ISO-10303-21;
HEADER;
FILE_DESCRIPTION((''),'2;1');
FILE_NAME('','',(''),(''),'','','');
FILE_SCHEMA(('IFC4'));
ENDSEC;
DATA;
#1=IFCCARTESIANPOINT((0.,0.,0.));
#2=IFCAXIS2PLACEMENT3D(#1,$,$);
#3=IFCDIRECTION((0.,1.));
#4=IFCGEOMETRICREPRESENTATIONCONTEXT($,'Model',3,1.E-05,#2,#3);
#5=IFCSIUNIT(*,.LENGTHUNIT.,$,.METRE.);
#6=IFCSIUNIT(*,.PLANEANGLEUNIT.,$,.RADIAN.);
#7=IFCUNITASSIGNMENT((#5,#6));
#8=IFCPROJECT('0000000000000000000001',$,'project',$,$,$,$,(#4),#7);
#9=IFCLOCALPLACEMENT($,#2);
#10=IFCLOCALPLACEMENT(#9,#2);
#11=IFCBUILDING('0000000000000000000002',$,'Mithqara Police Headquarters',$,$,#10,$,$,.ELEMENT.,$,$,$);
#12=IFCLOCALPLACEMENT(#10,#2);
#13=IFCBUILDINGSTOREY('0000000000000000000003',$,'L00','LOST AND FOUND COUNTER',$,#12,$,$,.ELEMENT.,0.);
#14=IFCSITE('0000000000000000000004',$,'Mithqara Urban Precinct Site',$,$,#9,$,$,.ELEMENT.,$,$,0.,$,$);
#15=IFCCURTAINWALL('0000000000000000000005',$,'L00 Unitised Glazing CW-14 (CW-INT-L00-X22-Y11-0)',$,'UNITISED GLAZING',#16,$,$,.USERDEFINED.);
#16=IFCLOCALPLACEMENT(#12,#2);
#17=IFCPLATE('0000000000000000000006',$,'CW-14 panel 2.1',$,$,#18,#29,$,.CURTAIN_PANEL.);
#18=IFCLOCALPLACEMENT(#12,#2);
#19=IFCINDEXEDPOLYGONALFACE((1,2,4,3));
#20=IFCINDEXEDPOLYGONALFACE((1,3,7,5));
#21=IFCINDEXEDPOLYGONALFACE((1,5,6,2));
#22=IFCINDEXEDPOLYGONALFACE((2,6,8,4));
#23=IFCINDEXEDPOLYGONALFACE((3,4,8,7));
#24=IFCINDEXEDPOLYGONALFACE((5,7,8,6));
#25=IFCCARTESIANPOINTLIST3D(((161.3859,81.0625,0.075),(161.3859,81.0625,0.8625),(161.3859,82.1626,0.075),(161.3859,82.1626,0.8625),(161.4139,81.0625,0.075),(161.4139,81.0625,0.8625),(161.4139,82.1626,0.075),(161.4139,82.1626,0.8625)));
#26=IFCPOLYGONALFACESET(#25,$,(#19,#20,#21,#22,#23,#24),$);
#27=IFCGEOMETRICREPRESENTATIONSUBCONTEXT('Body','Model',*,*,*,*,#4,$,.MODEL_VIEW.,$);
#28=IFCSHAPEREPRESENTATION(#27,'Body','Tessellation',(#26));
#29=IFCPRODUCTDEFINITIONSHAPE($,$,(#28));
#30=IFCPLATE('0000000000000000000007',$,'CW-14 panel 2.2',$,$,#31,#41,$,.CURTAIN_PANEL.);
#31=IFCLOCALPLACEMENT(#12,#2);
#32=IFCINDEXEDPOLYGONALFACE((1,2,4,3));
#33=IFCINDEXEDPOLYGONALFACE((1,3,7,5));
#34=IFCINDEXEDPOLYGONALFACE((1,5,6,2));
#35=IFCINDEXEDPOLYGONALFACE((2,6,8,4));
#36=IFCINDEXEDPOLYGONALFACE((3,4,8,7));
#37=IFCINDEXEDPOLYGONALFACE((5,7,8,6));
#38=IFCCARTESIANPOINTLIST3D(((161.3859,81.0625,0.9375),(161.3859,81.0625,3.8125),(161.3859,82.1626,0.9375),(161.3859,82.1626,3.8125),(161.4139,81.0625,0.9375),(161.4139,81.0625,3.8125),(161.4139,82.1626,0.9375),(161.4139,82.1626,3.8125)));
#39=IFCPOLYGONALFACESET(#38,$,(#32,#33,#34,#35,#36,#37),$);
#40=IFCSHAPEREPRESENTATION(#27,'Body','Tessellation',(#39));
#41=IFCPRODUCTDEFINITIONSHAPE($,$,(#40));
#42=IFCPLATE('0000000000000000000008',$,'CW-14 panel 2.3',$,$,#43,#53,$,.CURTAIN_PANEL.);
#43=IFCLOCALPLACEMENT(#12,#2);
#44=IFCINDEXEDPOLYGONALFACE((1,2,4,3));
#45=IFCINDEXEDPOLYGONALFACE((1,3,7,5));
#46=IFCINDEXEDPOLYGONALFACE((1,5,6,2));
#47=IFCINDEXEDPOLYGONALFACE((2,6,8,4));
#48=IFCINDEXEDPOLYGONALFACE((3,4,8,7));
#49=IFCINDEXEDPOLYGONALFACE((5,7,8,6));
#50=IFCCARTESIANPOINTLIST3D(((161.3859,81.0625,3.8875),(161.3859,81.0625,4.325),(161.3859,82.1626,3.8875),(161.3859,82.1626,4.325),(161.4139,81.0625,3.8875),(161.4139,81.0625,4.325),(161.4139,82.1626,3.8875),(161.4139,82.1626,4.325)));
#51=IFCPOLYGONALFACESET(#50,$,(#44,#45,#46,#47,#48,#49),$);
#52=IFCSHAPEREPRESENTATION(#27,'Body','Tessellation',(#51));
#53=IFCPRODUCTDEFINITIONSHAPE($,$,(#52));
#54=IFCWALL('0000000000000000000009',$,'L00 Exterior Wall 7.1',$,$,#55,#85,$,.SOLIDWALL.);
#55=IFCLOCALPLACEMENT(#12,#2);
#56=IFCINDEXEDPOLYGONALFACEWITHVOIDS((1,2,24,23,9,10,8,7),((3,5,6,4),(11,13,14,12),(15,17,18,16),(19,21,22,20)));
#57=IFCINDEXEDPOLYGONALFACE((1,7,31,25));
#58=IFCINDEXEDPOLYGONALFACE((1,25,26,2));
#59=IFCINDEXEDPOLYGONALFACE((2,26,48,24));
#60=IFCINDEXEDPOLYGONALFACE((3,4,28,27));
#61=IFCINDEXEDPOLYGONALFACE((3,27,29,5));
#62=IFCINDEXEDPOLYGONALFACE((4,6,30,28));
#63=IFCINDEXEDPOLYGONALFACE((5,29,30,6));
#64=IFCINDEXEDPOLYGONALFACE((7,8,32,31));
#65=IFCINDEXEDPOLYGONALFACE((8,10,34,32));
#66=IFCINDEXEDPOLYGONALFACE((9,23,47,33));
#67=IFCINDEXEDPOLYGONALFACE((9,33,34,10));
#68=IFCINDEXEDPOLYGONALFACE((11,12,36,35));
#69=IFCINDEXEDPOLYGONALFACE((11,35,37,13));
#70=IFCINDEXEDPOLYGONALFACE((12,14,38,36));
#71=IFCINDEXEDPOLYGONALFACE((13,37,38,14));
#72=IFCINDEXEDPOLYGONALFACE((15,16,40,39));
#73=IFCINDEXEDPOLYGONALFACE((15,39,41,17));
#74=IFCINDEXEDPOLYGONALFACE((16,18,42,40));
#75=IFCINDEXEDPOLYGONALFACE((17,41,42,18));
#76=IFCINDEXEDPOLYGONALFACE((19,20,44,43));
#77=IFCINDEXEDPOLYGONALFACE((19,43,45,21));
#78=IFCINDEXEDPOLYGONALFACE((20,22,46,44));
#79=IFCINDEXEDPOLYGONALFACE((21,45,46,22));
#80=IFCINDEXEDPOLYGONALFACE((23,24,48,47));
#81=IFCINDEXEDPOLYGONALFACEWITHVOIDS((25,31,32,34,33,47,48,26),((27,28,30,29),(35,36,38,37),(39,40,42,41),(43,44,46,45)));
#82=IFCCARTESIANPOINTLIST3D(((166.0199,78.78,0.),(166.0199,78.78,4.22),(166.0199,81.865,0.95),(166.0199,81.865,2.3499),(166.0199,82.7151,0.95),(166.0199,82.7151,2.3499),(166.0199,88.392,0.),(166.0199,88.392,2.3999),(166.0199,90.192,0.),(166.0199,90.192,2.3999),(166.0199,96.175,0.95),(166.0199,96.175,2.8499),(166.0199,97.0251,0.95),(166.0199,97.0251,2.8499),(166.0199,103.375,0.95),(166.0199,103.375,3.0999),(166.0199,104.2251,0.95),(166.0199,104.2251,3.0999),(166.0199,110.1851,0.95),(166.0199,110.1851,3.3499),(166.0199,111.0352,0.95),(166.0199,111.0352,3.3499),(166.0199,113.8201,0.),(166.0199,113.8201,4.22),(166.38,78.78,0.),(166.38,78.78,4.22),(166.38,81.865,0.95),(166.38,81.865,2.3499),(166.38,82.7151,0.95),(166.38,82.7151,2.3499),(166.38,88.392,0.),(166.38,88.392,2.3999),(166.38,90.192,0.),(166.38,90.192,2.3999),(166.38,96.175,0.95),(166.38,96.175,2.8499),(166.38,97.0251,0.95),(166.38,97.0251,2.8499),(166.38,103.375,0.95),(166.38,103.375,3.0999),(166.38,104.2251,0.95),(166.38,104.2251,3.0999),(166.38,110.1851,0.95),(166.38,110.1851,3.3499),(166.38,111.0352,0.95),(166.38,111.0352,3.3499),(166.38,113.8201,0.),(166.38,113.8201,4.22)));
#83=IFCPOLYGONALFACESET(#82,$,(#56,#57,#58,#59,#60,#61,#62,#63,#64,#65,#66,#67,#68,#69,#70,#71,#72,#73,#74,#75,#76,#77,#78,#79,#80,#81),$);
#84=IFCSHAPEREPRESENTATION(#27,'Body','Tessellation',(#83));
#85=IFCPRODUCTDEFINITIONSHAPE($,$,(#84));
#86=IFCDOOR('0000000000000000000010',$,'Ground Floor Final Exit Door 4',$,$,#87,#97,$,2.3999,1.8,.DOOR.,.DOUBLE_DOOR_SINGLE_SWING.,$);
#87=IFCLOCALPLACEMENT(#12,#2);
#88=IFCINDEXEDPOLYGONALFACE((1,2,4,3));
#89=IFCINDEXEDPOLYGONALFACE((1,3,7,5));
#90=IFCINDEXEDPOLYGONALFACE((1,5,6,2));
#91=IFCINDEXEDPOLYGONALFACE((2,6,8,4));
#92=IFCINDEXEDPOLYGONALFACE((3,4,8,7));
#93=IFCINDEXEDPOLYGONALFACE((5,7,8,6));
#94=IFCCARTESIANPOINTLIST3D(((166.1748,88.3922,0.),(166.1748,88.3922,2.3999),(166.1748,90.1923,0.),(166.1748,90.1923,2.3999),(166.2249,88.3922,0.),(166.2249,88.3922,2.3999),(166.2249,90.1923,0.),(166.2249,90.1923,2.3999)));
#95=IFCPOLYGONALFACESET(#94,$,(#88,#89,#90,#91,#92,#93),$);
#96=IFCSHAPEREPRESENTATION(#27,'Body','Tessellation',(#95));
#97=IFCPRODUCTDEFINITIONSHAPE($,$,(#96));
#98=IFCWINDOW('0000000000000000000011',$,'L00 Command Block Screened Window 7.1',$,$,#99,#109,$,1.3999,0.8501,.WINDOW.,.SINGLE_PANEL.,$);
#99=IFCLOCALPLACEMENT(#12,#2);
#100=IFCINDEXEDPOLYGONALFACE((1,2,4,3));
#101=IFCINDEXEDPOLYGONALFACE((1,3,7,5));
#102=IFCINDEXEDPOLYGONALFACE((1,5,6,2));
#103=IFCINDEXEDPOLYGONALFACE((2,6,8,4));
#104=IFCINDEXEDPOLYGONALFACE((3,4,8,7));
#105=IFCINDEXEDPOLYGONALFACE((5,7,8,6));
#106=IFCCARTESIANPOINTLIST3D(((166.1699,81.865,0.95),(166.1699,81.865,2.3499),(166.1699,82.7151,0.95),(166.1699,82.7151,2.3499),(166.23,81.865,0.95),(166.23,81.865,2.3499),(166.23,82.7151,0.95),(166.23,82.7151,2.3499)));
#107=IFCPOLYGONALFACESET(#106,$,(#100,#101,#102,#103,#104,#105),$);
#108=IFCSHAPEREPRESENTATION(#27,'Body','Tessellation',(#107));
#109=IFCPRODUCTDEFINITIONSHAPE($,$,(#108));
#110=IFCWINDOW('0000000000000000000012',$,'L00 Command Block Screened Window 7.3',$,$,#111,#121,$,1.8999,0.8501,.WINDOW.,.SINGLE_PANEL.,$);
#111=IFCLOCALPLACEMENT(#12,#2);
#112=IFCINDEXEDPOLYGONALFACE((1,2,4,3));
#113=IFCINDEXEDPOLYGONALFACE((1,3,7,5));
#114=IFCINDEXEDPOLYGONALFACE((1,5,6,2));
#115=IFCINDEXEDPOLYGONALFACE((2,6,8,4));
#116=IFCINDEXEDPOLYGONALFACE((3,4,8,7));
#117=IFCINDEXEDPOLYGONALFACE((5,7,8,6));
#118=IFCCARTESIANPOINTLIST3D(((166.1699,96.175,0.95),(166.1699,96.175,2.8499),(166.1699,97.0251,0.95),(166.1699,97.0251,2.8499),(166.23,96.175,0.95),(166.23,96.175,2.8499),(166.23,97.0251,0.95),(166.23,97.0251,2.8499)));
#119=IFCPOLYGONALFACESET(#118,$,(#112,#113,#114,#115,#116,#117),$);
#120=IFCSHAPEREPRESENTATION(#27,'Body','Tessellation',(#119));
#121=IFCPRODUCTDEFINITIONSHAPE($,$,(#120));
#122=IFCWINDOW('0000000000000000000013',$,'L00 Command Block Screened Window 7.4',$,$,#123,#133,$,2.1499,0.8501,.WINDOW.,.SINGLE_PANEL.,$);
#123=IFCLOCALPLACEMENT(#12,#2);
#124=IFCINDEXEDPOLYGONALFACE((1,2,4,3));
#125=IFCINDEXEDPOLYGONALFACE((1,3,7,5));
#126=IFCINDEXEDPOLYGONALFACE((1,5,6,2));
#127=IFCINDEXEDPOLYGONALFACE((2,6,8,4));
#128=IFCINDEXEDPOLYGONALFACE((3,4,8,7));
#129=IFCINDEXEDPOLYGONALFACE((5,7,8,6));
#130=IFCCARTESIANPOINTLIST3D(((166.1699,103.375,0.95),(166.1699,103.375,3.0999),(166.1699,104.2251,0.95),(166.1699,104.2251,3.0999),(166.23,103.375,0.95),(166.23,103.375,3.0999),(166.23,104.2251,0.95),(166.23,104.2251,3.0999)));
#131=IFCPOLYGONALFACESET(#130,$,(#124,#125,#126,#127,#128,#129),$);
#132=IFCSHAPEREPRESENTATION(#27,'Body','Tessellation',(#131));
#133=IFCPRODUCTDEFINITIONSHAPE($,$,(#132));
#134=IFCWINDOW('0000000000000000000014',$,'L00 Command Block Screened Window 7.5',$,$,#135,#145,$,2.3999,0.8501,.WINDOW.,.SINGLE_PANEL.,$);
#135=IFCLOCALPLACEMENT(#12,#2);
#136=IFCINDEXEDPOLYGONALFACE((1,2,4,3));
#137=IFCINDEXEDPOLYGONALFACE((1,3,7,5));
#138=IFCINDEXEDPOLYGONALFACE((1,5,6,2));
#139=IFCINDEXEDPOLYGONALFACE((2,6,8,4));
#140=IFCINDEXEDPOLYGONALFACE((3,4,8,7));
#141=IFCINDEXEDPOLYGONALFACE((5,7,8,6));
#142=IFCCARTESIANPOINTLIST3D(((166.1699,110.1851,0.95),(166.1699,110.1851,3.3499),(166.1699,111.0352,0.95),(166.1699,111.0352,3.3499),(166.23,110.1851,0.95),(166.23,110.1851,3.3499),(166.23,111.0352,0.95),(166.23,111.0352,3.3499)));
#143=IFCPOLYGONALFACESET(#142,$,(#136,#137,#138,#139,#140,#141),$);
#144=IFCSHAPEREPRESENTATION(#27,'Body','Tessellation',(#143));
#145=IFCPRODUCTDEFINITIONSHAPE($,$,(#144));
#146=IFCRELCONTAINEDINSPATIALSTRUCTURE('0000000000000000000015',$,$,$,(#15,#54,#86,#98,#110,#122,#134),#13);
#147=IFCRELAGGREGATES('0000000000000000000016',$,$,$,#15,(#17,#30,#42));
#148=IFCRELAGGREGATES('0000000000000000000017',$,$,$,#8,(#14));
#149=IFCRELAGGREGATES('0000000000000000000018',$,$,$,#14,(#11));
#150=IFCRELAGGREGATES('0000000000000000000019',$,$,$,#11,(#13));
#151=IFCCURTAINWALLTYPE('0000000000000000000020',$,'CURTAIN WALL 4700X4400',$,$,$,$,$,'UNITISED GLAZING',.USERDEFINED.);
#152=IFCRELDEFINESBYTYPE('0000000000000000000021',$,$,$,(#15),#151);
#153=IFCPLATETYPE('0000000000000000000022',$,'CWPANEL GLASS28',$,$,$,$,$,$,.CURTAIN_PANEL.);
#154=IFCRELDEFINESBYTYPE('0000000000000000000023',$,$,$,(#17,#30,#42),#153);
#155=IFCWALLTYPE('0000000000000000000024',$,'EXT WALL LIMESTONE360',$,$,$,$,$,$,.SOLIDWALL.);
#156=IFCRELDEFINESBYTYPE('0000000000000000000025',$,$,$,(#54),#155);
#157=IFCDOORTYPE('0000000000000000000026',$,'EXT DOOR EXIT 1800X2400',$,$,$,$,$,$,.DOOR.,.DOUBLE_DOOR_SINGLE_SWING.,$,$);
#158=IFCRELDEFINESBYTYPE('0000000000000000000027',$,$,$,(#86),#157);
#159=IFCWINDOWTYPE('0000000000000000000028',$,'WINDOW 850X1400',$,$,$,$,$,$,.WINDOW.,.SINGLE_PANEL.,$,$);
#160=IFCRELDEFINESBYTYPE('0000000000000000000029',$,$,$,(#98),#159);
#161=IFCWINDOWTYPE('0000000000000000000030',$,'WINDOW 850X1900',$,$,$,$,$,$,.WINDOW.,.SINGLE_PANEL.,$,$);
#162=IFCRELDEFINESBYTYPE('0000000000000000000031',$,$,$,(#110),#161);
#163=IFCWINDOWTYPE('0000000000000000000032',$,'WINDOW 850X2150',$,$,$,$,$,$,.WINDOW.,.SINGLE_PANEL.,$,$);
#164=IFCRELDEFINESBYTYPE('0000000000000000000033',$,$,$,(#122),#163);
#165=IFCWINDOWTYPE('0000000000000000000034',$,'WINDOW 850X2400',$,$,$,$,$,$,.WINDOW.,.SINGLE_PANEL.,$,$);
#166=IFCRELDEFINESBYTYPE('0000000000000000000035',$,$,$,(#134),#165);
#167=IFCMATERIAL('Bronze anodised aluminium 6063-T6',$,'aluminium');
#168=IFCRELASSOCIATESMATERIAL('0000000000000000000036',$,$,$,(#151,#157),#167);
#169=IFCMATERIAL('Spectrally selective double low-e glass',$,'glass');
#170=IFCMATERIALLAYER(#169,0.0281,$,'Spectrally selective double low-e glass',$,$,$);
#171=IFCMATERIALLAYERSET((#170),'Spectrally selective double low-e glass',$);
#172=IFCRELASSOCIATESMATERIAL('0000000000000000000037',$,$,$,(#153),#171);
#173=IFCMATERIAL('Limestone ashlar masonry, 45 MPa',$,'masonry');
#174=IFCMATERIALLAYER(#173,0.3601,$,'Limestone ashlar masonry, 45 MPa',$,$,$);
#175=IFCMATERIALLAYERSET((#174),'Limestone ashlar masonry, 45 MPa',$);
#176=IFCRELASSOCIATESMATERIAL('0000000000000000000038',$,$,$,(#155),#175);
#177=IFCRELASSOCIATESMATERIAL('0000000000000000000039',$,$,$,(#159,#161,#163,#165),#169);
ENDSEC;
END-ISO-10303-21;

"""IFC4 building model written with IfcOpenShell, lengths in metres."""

from ifc_helpers import new_model, si_unit, direction, frame, frame_2d, origin, origin_2d, place, context, subcontext, project, spatial, rectangle, extrude, material, layer, layer_set, type_object, element, fill, aggregate, save


model = new_model("IFC4")

# Units and contexts
model_context = context("Model", 3, precision=1e-05, world=origin(), true_north=direction((0.0, 1.0)))
body_context = subcontext(model_context, "Body", "Model", "MODEL_VIEW")
ifc_project = project(units=[si_unit("LENGTHUNIT", "METRE"), si_unit("PLANEANGLEUNIT", "RADIAN")], contexts=[model_context])

# Site, building, storey
site_placement = place(None, origin())
site = spatial("IfcSite", under=ifc_project, at=site_placement, Name="Mithqara Urban Precinct Site", CompositionType="ELEMENT", RefElevation=0.0)
building_placement = place(site_placement, origin())
building = spatial("IfcBuilding", under=site, at=building_placement, Name="Mithqara Police Headquarters", CompositionType="ELEMENT")
storey_placement = place(building_placement, origin())
storey = spatial("IfcBuildingStorey", under=building, at=storey_placement, Name="L00", Description="LOST AND FOUND COUNTER", CompositionType="ELEMENT", Elevation=0.0)

# Curtain wall, plates
ifc_material_1 = material(Name="Bronze anodised aluminium 6063-T6", Category="aluminium")
curtain_wall_type = type_object("IfcCurtainWallType", Name="CURTAIN WALL 4700X4400", ElementType="UNITISED GLAZING", PredefinedType="USERDEFINED", material=ifc_material_1)
curtain_wall_placement = place(storey_placement, origin())
curtain_wall = element("IfcCurtainWall", 1, at=curtain_wall_placement, inside=storey, type_object=curtain_wall_type, Name="L00 Unitised Glazing CW-14 (CW-INT-L00-X22-Y11-0)", ObjectType="UNITISED GLAZING", PredefinedType="USERDEFINED")
ifc_material_2 = material(Name="Spectrally selective double low-e glass", Category="glass")
ifc_layer_1 = layer(ifc_material_2, 0.0281, Name="Spectrally selective double low-e glass")
ifc_layer_set_1 = layer_set([ifc_layer_1], Name="Spectrally selective double low-e glass")
plate_type = type_object("IfcPlateType", Name="CWPANEL GLASS28", PredefinedType="CURTAIN_PANEL", material=ifc_layer_set_1)
plate_1_placement = place(storey_placement, frame((161.3999, 81.6125, 0.075), z_axis=(0.0, 0.0, 1.0), x_axis=(0.0, 1.0, 0.0)))
plate_1 = element("IfcPlate", 2, at=plate_1_placement, type_object=plate_type, Name="CW-14 panel 2.1", PredefinedType="CURTAIN_PANEL", context=body_context, shape_type="SweptSolid", body=[
    extrude(rectangle(XDim=1.1001, YDim=0.0281, at=origin_2d()), origin(), (0.0, 0.0, 1.0), 0.7876),
])
plate_2_placement = place(storey_placement, frame((161.3999, 81.6125, 0.9375), z_axis=(0.0, 0.0, 1.0), x_axis=(0.0, 1.0, 0.0)))
plate_2 = element("IfcPlate", 3, at=plate_2_placement, type_object=plate_type, Name="CW-14 panel 2.2", PredefinedType="CURTAIN_PANEL", context=body_context, shape_type="SweptSolid", body=[
    extrude(rectangle(XDim=1.1001, YDim=0.0281, at=origin_2d()), origin(), (0.0, 0.0, 1.0), 2.875),
])
plate_3_placement = place(storey_placement, frame((161.3999, 81.6125, 3.8875), z_axis=(0.0, 0.0, 1.0), x_axis=(0.0, 1.0, 0.0)))
plate_3 = element("IfcPlate", 4, at=plate_3_placement, type_object=plate_type, Name="CW-14 panel 2.3", PredefinedType="CURTAIN_PANEL", context=body_context, shape_type="SweptSolid", body=[
    extrude(rectangle(XDim=1.1001, YDim=0.0281, at=origin_2d()), origin(), (0.0, 0.0, 1.0), 0.4375),
])
aggregate(curtain_wall, [plate_1, plate_2, plate_3])

# Wall, openings, door, windows
ifc_material_3 = material(Name="Limestone ashlar masonry, 45 MPa", Category="masonry")
ifc_layer_2 = layer(ifc_material_3, 0.3601, Name="Limestone ashlar masonry, 45 MPa")
ifc_layer_set_2 = layer_set([ifc_layer_2], Name="Limestone ashlar masonry, 45 MPa")
wall_type = type_object("IfcWallType", Name="EXT WALL LIMESTONE360", PredefinedType="SOLIDWALL", material=ifc_layer_set_2)
wall_placement = place(storey_placement, frame((166.2, 78.78, 0.0), z_axis=(0.0, 0.0, 1.0), x_axis=(0.0, 1.0, 0.0)))
wall = element("IfcWall", 5, at=wall_placement, inside=storey, type_object=wall_type, Name="L00 Exterior Wall 7.1", PredefinedType="SOLIDWALL", context=body_context, shape_type="SweptSolid", body=[
    extrude(rectangle(XDim=35.04, YDim=0.3601, at=frame_2d((17.52, 0.0))), origin(), (0.0, 0.0, 1.0), 4.22),
])
opening_1_placement = place(wall_placement, frame((9.6121, 0.0, 0.0)))
opening_1 = element("IfcOpeningElement", 6, at=opening_1_placement, cuts=wall, PredefinedType="OPENING", context=body_context, shape_type="SweptSolid", body=[
    extrude(rectangle(XDim=1.8, YDim=2.3999, at=frame_2d((0.8999, 1.2))), frame((0.0, 0.1899, 0.0), z_axis=(0.0, -1.0, 0.0), x_axis=(1.0, 0.0, 0.0)), (0.0, 0.0, 1.0), 0.3801),
])
opening_2_placement = place(wall_placement, frame((3.085, 0.0, 0.95)))
opening_2 = element("IfcOpeningElement", 7, at=opening_2_placement, cuts=wall, PredefinedType="OPENING", context=body_context, shape_type="SweptSolid", body=[
    extrude(rectangle(XDim=0.8501, YDim=1.3999, at=frame_2d((0.425, 0.7))), frame((0.0, 0.1899, 0.0), z_axis=(0.0, -1.0, 0.0), x_axis=(1.0, 0.0, 0.0)), (0.0, 0.0, 1.0), 0.3801),
])
opening_3_placement = place(wall_placement, frame((17.395, 0.0, 0.95)))
opening_3 = element("IfcOpeningElement", 8, at=opening_3_placement, cuts=wall, PredefinedType="OPENING", context=body_context, shape_type="SweptSolid", body=[
    extrude(rectangle(XDim=0.8501, YDim=1.8999, at=frame_2d((0.425, 0.95))), frame((0.0, 0.1899, 0.0), z_axis=(0.0, -1.0, 0.0), x_axis=(1.0, 0.0, 0.0)), (0.0, 0.0, 1.0), 0.3801),
])
opening_4_placement = place(wall_placement, frame((24.595, 0.0, 0.95)))
opening_4 = element("IfcOpeningElement", 9, at=opening_4_placement, cuts=wall, PredefinedType="OPENING", context=body_context, shape_type="SweptSolid", body=[
    extrude(rectangle(XDim=0.8501, YDim=2.1499, at=frame_2d((0.425, 1.075))), frame((0.0, 0.1899, 0.0), z_axis=(0.0, -1.0, 0.0), x_axis=(1.0, 0.0, 0.0)), (0.0, 0.0, 1.0), 0.3801),
])
opening_5_placement = place(wall_placement, frame((31.405, 0.0, 0.95)))
opening_5 = element("IfcOpeningElement", 10, at=opening_5_placement, cuts=wall, PredefinedType="OPENING", context=body_context, shape_type="SweptSolid", body=[
    extrude(rectangle(XDim=0.8501, YDim=2.3999, at=frame_2d((0.425, 1.2))), frame((0.0, 0.1899, 0.0), z_axis=(0.0, -1.0, 0.0), x_axis=(1.0, 0.0, 0.0)), (0.0, 0.0, 1.0), 0.3801),
])
door_type = type_object("IfcDoorType", Name="EXT DOOR EXIT 1800X2400", OperationType="DOUBLE_DOOR_SINGLE_SWING", PredefinedType="DOOR", material=ifc_material_1)
door_placement = place(opening_1_placement, frame((1.8, 0.0, 0.0), z_axis=(0.0, 0.0, 1.0), x_axis=(-1.0, 0.0, 0.0)))
door = element("IfcDoor", 11, at=door_placement, inside=storey, type_object=door_type, Name="Ground Floor Final Exit Door 4", OperationType="DOUBLE_DOOR_SINGLE_SWING", OverallHeight=2.3999, OverallWidth=1.8, PredefinedType="DOOR", context=body_context, shape_type="SweptSolid", body=[
    extrude(rectangle(XDim=1.8, YDim=2.3999, at=frame_2d((0.8999, 1.2))), frame((0.0, 0.0249, 0.0), z_axis=(0.0, -1.0, 0.0), x_axis=(1.0, 0.0, 0.0)), (0.0, 0.0, 1.0), 0.05),
])
fill(opening_1, door)
window_type_1 = type_object("IfcWindowType", Name="WINDOW 850X1400", PartitioningType="SINGLE_PANEL", PredefinedType="WINDOW", material=ifc_material_2)
window_1_placement = place(opening_2_placement, origin())
window_1 = element("IfcWindow", 12, at=window_1_placement, inside=storey, type_object=window_type_1, Name="L00 Command Block Screened Window 7.1", OverallHeight=1.3999, OverallWidth=0.8501, PartitioningType="SINGLE_PANEL", PredefinedType="WINDOW", context=body_context, shape_type="SweptSolid", body=[
    extrude(rectangle(XDim=0.8501, YDim=1.3999, at=frame_2d((0.425, 0.7))), frame((0.0, 0.03, 0.0), z_axis=(0.0, -1.0, 0.0), x_axis=(1.0, 0.0, 0.0)), (0.0, 0.0, 1.0), 0.0601),
])
fill(opening_2, window_1)
window_type_2 = type_object("IfcWindowType", Name="WINDOW 850X1900", PartitioningType="SINGLE_PANEL", PredefinedType="WINDOW", material=ifc_material_2)
window_2_placement = place(opening_3_placement, origin())
window_2 = element("IfcWindow", 13, at=window_2_placement, inside=storey, type_object=window_type_2, Name="L00 Command Block Screened Window 7.3", OverallHeight=1.8999, OverallWidth=0.8501, PartitioningType="SINGLE_PANEL", PredefinedType="WINDOW", context=body_context, shape_type="SweptSolid", body=[
    extrude(rectangle(XDim=0.8501, YDim=1.8999, at=frame_2d((0.425, 0.95))), frame((0.0, 0.03, 0.0), z_axis=(0.0, -1.0, 0.0), x_axis=(1.0, 0.0, 0.0)), (0.0, 0.0, 1.0), 0.0601),
])
fill(opening_3, window_2)
window_type_3 = type_object("IfcWindowType", Name="WINDOW 850X2150", PartitioningType="SINGLE_PANEL", PredefinedType="WINDOW", material=ifc_material_2)
window_3_placement = place(opening_4_placement, origin())
window_3 = element("IfcWindow", 14, at=window_3_placement, inside=storey, type_object=window_type_3, Name="L00 Command Block Screened Window 7.4", OverallHeight=2.1499, OverallWidth=0.8501, PartitioningType="SINGLE_PANEL", PredefinedType="WINDOW", context=body_context, shape_type="SweptSolid", body=[
    extrude(rectangle(XDim=0.8501, YDim=2.1499, at=frame_2d((0.425, 1.075))), frame((0.0, 0.03, 0.0), z_axis=(0.0, -1.0, 0.0), x_axis=(1.0, 0.0, 0.0)), (0.0, 0.0, 1.0), 0.0601),
])
fill(opening_4, window_3)
window_type_4 = type_object("IfcWindowType", Name="WINDOW 850X2400", PartitioningType="SINGLE_PANEL", PredefinedType="WINDOW", material=ifc_material_2)
window_4_placement = place(opening_5_placement, origin())
window_4 = element("IfcWindow", 15, at=window_4_placement, inside=storey, type_object=window_type_4, Name="L00 Command Block Screened Window 7.5", OverallHeight=2.3999, OverallWidth=0.8501, PartitioningType="SINGLE_PANEL", PredefinedType="WINDOW", context=body_context, shape_type="SweptSolid", body=[
    extrude(rectangle(XDim=0.8501, YDim=2.3999, at=frame_2d((0.425, 1.2))), frame((0.0, 0.03, 0.0), z_axis=(0.0, -1.0, 0.0), x_axis=(1.0, 0.0, 0.0)), (0.0, 0.0, 1.0), 0.0601),
])
fill(opening_5, window_4)

save(model, "model.ifc")
